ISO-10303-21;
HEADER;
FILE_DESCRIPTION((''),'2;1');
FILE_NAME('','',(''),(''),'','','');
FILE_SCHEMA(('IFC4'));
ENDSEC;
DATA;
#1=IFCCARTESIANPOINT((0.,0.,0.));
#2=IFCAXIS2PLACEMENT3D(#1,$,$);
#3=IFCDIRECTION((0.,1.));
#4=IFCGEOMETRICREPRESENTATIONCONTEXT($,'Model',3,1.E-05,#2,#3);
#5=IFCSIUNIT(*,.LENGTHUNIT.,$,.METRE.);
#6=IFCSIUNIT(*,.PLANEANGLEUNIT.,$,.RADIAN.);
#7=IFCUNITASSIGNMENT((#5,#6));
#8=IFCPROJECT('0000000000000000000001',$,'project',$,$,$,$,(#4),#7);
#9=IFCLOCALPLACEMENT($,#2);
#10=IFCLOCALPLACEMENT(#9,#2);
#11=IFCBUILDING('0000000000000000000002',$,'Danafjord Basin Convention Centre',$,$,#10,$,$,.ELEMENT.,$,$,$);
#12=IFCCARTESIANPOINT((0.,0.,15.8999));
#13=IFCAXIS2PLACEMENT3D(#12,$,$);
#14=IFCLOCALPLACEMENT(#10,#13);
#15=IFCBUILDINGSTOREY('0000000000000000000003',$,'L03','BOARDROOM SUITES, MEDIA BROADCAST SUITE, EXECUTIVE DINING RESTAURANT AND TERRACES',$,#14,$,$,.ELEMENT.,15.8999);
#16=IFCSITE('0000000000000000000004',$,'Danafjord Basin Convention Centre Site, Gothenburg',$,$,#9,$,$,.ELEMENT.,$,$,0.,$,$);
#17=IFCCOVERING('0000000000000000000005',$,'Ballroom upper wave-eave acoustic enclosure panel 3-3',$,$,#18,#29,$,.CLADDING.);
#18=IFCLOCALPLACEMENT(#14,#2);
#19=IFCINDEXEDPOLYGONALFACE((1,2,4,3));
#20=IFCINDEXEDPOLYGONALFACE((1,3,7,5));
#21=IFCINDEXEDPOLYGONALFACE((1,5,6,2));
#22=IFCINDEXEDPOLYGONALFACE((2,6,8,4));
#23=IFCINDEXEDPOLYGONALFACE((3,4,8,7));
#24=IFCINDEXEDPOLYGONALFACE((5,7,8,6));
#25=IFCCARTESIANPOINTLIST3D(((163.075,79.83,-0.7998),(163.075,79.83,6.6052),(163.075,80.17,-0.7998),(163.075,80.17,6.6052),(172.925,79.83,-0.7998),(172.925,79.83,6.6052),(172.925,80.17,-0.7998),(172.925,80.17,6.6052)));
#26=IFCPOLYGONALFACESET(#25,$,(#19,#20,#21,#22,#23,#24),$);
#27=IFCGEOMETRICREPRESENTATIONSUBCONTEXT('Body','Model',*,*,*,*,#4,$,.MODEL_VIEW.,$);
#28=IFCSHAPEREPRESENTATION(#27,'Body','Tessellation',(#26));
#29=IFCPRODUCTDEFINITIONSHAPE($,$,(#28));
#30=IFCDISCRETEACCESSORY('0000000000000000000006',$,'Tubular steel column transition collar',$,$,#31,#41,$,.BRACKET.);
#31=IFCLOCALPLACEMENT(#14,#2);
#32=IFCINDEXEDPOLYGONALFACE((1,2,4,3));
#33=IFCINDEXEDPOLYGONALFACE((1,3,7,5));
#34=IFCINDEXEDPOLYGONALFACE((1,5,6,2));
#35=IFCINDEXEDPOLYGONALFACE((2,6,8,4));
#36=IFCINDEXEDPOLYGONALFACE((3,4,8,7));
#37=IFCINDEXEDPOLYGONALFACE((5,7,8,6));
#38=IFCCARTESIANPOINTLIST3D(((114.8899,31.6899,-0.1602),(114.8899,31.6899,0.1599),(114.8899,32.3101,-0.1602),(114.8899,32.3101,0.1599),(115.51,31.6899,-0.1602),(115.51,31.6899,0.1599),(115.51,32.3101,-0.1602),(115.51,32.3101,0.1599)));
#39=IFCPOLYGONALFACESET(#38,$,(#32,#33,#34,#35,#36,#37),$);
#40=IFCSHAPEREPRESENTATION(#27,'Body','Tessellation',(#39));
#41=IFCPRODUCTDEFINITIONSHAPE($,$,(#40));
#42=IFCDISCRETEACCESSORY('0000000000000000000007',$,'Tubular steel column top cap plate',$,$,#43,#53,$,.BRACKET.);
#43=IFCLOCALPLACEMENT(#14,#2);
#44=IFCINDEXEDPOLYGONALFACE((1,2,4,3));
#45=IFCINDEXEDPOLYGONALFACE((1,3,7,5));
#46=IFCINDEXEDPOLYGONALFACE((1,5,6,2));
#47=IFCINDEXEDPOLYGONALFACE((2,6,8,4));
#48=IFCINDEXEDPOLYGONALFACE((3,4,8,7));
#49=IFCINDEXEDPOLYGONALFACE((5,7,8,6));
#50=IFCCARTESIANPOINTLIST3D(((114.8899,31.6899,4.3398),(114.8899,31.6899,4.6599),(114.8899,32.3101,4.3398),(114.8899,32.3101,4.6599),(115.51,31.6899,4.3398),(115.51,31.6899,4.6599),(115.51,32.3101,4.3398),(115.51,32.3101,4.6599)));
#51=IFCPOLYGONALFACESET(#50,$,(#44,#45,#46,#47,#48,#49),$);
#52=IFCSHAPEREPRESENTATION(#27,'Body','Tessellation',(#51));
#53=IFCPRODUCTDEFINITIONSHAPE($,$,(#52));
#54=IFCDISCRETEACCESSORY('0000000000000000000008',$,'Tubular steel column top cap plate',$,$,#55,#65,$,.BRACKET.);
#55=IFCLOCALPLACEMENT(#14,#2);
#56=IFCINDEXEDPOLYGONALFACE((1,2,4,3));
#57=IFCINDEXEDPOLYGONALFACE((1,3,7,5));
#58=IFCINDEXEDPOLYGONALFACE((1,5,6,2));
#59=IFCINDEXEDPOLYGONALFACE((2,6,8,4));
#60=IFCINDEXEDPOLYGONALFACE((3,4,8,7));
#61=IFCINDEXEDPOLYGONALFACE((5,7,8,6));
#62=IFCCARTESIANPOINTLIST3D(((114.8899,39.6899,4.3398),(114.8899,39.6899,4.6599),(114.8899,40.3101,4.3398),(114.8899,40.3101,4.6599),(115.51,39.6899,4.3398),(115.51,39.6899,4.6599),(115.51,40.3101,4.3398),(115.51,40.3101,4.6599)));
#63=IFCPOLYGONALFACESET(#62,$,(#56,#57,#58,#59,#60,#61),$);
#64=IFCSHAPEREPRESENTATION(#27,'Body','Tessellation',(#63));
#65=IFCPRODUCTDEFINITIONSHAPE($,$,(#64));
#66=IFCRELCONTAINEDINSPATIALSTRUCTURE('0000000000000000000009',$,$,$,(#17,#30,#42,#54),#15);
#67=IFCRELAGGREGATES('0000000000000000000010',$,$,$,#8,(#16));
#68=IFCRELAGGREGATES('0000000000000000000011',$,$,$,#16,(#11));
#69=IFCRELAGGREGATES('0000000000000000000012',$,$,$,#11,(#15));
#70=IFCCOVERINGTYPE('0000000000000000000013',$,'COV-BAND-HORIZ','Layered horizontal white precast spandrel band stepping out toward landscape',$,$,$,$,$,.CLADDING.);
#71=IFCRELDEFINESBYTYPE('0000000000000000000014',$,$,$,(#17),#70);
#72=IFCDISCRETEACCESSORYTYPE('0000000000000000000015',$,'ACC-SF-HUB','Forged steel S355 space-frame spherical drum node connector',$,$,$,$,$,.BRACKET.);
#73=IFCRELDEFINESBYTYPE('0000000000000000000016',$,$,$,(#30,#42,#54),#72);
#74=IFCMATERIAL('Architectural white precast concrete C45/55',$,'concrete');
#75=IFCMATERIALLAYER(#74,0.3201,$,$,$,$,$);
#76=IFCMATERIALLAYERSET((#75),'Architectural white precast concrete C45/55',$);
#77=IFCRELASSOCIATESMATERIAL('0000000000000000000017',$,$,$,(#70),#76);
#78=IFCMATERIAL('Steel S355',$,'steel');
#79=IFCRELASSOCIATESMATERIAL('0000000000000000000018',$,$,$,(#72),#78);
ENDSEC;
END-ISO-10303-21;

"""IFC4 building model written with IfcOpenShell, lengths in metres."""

from ifc_helpers import new_model, si_unit, direction, frame, origin, origin_2d, place, context, subcontext, project, spatial, rectangle, extrude, material, layer, layer_set, type_object, element, save


model = new_model("IFC4")

# Units and contexts
model_context = context("Model", 3, precision=1e-05, world=origin(), true_north=direction((0.0, 1.0)))
body_context = subcontext(model_context, "Body", "Model", "MODEL_VIEW")
ifc_project = project(units=[si_unit("LENGTHUNIT", "METRE"), si_unit("PLANEANGLEUNIT", "RADIAN")], contexts=[model_context])

# Site, building, storey
site_placement = place(None, origin())
site = spatial("IfcSite", under=ifc_project, at=site_placement, Name="Danafjord Basin Convention Centre Site, Gothenburg", CompositionType="ELEMENT", RefElevation=0.0)
building_placement = place(site_placement, origin())
building = spatial("IfcBuilding", under=site, at=building_placement, Name="Danafjord Basin Convention Centre", CompositionType="ELEMENT")
storey_placement = place(building_placement, frame((0.0, 0.0, 15.8999)))
storey = spatial("IfcBuildingStorey", under=building, at=storey_placement, Name="L03", Description="BOARDROOM SUITES, MEDIA BROADCAST SUITE, EXECUTIVE DINING RESTAURANT AND TERRACES", CompositionType="ELEMENT", Elevation=15.8999)

# Shared definitions
ifc_material_1 = material(Name="Steel S355", Category="steel")

# Covering
ifc_material_2 = material(Name="Architectural white precast concrete C45/55", Category="concrete")
ifc_layer_1 = layer(ifc_material_2, 0.3201)
ifc_layer_set_1 = layer_set([ifc_layer_1], Name="Architectural white precast concrete C45/55")
covering_type = type_object("IfcCoveringType", Name="COV-BAND-HORIZ", Description="Layered horizontal white precast spandrel band stepping out toward landscape", PredefinedType="CLADDING", material=ifc_layer_set_1)
covering_1_placement = place(storey_placement, frame((168.0, 80.0, -0.7998), z_axis=(0.0, 0.0, 1.0), x_axis=(1.0, 0.0, 0.0)))
element("IfcCovering", 1, at=covering_1_placement, inside=storey, type_object=covering_type, Name="Ballroom upper wave-eave acoustic enclosure panel 3-3", PredefinedType="CLADDING", context=body_context, shape_type="SweptSolid", body=[
    extrude(rectangle(XDim=9.8501, YDim=0.3401, at=origin_2d()), origin(), (0.0, 0.0, 1.0), 7.405),
])

# Discrete accessories
discrete_accessory_type = type_object("IfcDiscreteAccessoryType", Name="ACC-SF-HUB", Description="Forged steel S355 space-frame spherical drum node connector", PredefinedType="BRACKET", material=ifc_material_1)
for number, where, z_axis, x_axis, name in (
    (2, (115.2, 32.0, -0.1602), (0.0, 0.0, 1.0), (1.0, 0.0, 0.0), "Tubular steel column transition collar"),
    (3, (115.2, 32.0, 4.3398), (0.0, 0.0, 1.0), (1.0, 0.0, 0.0), "Tubular steel column top cap plate"),
    (4, (115.2, 40.0, 4.3398), (0.0, 0.0, 1.0), (1.0, 0.0, 0.0), "Tubular steel column top cap plate"),
):
    element("IfcDiscreteAccessory", number, at=place(storey_placement, frame(where, z_axis=z_axis, x_axis=x_axis)), inside=storey, type_object=discrete_accessory_type, Name=name, PredefinedType="BRACKET", context=body_context, shape_type="SweptSolid", body=[
        extrude(rectangle(XDim=0.6201, YDim=0.6201, at=origin_2d()), origin(), (0.0, 0.0, 1.0), 0.3201),
    ])

save(model, "model.ifc")
